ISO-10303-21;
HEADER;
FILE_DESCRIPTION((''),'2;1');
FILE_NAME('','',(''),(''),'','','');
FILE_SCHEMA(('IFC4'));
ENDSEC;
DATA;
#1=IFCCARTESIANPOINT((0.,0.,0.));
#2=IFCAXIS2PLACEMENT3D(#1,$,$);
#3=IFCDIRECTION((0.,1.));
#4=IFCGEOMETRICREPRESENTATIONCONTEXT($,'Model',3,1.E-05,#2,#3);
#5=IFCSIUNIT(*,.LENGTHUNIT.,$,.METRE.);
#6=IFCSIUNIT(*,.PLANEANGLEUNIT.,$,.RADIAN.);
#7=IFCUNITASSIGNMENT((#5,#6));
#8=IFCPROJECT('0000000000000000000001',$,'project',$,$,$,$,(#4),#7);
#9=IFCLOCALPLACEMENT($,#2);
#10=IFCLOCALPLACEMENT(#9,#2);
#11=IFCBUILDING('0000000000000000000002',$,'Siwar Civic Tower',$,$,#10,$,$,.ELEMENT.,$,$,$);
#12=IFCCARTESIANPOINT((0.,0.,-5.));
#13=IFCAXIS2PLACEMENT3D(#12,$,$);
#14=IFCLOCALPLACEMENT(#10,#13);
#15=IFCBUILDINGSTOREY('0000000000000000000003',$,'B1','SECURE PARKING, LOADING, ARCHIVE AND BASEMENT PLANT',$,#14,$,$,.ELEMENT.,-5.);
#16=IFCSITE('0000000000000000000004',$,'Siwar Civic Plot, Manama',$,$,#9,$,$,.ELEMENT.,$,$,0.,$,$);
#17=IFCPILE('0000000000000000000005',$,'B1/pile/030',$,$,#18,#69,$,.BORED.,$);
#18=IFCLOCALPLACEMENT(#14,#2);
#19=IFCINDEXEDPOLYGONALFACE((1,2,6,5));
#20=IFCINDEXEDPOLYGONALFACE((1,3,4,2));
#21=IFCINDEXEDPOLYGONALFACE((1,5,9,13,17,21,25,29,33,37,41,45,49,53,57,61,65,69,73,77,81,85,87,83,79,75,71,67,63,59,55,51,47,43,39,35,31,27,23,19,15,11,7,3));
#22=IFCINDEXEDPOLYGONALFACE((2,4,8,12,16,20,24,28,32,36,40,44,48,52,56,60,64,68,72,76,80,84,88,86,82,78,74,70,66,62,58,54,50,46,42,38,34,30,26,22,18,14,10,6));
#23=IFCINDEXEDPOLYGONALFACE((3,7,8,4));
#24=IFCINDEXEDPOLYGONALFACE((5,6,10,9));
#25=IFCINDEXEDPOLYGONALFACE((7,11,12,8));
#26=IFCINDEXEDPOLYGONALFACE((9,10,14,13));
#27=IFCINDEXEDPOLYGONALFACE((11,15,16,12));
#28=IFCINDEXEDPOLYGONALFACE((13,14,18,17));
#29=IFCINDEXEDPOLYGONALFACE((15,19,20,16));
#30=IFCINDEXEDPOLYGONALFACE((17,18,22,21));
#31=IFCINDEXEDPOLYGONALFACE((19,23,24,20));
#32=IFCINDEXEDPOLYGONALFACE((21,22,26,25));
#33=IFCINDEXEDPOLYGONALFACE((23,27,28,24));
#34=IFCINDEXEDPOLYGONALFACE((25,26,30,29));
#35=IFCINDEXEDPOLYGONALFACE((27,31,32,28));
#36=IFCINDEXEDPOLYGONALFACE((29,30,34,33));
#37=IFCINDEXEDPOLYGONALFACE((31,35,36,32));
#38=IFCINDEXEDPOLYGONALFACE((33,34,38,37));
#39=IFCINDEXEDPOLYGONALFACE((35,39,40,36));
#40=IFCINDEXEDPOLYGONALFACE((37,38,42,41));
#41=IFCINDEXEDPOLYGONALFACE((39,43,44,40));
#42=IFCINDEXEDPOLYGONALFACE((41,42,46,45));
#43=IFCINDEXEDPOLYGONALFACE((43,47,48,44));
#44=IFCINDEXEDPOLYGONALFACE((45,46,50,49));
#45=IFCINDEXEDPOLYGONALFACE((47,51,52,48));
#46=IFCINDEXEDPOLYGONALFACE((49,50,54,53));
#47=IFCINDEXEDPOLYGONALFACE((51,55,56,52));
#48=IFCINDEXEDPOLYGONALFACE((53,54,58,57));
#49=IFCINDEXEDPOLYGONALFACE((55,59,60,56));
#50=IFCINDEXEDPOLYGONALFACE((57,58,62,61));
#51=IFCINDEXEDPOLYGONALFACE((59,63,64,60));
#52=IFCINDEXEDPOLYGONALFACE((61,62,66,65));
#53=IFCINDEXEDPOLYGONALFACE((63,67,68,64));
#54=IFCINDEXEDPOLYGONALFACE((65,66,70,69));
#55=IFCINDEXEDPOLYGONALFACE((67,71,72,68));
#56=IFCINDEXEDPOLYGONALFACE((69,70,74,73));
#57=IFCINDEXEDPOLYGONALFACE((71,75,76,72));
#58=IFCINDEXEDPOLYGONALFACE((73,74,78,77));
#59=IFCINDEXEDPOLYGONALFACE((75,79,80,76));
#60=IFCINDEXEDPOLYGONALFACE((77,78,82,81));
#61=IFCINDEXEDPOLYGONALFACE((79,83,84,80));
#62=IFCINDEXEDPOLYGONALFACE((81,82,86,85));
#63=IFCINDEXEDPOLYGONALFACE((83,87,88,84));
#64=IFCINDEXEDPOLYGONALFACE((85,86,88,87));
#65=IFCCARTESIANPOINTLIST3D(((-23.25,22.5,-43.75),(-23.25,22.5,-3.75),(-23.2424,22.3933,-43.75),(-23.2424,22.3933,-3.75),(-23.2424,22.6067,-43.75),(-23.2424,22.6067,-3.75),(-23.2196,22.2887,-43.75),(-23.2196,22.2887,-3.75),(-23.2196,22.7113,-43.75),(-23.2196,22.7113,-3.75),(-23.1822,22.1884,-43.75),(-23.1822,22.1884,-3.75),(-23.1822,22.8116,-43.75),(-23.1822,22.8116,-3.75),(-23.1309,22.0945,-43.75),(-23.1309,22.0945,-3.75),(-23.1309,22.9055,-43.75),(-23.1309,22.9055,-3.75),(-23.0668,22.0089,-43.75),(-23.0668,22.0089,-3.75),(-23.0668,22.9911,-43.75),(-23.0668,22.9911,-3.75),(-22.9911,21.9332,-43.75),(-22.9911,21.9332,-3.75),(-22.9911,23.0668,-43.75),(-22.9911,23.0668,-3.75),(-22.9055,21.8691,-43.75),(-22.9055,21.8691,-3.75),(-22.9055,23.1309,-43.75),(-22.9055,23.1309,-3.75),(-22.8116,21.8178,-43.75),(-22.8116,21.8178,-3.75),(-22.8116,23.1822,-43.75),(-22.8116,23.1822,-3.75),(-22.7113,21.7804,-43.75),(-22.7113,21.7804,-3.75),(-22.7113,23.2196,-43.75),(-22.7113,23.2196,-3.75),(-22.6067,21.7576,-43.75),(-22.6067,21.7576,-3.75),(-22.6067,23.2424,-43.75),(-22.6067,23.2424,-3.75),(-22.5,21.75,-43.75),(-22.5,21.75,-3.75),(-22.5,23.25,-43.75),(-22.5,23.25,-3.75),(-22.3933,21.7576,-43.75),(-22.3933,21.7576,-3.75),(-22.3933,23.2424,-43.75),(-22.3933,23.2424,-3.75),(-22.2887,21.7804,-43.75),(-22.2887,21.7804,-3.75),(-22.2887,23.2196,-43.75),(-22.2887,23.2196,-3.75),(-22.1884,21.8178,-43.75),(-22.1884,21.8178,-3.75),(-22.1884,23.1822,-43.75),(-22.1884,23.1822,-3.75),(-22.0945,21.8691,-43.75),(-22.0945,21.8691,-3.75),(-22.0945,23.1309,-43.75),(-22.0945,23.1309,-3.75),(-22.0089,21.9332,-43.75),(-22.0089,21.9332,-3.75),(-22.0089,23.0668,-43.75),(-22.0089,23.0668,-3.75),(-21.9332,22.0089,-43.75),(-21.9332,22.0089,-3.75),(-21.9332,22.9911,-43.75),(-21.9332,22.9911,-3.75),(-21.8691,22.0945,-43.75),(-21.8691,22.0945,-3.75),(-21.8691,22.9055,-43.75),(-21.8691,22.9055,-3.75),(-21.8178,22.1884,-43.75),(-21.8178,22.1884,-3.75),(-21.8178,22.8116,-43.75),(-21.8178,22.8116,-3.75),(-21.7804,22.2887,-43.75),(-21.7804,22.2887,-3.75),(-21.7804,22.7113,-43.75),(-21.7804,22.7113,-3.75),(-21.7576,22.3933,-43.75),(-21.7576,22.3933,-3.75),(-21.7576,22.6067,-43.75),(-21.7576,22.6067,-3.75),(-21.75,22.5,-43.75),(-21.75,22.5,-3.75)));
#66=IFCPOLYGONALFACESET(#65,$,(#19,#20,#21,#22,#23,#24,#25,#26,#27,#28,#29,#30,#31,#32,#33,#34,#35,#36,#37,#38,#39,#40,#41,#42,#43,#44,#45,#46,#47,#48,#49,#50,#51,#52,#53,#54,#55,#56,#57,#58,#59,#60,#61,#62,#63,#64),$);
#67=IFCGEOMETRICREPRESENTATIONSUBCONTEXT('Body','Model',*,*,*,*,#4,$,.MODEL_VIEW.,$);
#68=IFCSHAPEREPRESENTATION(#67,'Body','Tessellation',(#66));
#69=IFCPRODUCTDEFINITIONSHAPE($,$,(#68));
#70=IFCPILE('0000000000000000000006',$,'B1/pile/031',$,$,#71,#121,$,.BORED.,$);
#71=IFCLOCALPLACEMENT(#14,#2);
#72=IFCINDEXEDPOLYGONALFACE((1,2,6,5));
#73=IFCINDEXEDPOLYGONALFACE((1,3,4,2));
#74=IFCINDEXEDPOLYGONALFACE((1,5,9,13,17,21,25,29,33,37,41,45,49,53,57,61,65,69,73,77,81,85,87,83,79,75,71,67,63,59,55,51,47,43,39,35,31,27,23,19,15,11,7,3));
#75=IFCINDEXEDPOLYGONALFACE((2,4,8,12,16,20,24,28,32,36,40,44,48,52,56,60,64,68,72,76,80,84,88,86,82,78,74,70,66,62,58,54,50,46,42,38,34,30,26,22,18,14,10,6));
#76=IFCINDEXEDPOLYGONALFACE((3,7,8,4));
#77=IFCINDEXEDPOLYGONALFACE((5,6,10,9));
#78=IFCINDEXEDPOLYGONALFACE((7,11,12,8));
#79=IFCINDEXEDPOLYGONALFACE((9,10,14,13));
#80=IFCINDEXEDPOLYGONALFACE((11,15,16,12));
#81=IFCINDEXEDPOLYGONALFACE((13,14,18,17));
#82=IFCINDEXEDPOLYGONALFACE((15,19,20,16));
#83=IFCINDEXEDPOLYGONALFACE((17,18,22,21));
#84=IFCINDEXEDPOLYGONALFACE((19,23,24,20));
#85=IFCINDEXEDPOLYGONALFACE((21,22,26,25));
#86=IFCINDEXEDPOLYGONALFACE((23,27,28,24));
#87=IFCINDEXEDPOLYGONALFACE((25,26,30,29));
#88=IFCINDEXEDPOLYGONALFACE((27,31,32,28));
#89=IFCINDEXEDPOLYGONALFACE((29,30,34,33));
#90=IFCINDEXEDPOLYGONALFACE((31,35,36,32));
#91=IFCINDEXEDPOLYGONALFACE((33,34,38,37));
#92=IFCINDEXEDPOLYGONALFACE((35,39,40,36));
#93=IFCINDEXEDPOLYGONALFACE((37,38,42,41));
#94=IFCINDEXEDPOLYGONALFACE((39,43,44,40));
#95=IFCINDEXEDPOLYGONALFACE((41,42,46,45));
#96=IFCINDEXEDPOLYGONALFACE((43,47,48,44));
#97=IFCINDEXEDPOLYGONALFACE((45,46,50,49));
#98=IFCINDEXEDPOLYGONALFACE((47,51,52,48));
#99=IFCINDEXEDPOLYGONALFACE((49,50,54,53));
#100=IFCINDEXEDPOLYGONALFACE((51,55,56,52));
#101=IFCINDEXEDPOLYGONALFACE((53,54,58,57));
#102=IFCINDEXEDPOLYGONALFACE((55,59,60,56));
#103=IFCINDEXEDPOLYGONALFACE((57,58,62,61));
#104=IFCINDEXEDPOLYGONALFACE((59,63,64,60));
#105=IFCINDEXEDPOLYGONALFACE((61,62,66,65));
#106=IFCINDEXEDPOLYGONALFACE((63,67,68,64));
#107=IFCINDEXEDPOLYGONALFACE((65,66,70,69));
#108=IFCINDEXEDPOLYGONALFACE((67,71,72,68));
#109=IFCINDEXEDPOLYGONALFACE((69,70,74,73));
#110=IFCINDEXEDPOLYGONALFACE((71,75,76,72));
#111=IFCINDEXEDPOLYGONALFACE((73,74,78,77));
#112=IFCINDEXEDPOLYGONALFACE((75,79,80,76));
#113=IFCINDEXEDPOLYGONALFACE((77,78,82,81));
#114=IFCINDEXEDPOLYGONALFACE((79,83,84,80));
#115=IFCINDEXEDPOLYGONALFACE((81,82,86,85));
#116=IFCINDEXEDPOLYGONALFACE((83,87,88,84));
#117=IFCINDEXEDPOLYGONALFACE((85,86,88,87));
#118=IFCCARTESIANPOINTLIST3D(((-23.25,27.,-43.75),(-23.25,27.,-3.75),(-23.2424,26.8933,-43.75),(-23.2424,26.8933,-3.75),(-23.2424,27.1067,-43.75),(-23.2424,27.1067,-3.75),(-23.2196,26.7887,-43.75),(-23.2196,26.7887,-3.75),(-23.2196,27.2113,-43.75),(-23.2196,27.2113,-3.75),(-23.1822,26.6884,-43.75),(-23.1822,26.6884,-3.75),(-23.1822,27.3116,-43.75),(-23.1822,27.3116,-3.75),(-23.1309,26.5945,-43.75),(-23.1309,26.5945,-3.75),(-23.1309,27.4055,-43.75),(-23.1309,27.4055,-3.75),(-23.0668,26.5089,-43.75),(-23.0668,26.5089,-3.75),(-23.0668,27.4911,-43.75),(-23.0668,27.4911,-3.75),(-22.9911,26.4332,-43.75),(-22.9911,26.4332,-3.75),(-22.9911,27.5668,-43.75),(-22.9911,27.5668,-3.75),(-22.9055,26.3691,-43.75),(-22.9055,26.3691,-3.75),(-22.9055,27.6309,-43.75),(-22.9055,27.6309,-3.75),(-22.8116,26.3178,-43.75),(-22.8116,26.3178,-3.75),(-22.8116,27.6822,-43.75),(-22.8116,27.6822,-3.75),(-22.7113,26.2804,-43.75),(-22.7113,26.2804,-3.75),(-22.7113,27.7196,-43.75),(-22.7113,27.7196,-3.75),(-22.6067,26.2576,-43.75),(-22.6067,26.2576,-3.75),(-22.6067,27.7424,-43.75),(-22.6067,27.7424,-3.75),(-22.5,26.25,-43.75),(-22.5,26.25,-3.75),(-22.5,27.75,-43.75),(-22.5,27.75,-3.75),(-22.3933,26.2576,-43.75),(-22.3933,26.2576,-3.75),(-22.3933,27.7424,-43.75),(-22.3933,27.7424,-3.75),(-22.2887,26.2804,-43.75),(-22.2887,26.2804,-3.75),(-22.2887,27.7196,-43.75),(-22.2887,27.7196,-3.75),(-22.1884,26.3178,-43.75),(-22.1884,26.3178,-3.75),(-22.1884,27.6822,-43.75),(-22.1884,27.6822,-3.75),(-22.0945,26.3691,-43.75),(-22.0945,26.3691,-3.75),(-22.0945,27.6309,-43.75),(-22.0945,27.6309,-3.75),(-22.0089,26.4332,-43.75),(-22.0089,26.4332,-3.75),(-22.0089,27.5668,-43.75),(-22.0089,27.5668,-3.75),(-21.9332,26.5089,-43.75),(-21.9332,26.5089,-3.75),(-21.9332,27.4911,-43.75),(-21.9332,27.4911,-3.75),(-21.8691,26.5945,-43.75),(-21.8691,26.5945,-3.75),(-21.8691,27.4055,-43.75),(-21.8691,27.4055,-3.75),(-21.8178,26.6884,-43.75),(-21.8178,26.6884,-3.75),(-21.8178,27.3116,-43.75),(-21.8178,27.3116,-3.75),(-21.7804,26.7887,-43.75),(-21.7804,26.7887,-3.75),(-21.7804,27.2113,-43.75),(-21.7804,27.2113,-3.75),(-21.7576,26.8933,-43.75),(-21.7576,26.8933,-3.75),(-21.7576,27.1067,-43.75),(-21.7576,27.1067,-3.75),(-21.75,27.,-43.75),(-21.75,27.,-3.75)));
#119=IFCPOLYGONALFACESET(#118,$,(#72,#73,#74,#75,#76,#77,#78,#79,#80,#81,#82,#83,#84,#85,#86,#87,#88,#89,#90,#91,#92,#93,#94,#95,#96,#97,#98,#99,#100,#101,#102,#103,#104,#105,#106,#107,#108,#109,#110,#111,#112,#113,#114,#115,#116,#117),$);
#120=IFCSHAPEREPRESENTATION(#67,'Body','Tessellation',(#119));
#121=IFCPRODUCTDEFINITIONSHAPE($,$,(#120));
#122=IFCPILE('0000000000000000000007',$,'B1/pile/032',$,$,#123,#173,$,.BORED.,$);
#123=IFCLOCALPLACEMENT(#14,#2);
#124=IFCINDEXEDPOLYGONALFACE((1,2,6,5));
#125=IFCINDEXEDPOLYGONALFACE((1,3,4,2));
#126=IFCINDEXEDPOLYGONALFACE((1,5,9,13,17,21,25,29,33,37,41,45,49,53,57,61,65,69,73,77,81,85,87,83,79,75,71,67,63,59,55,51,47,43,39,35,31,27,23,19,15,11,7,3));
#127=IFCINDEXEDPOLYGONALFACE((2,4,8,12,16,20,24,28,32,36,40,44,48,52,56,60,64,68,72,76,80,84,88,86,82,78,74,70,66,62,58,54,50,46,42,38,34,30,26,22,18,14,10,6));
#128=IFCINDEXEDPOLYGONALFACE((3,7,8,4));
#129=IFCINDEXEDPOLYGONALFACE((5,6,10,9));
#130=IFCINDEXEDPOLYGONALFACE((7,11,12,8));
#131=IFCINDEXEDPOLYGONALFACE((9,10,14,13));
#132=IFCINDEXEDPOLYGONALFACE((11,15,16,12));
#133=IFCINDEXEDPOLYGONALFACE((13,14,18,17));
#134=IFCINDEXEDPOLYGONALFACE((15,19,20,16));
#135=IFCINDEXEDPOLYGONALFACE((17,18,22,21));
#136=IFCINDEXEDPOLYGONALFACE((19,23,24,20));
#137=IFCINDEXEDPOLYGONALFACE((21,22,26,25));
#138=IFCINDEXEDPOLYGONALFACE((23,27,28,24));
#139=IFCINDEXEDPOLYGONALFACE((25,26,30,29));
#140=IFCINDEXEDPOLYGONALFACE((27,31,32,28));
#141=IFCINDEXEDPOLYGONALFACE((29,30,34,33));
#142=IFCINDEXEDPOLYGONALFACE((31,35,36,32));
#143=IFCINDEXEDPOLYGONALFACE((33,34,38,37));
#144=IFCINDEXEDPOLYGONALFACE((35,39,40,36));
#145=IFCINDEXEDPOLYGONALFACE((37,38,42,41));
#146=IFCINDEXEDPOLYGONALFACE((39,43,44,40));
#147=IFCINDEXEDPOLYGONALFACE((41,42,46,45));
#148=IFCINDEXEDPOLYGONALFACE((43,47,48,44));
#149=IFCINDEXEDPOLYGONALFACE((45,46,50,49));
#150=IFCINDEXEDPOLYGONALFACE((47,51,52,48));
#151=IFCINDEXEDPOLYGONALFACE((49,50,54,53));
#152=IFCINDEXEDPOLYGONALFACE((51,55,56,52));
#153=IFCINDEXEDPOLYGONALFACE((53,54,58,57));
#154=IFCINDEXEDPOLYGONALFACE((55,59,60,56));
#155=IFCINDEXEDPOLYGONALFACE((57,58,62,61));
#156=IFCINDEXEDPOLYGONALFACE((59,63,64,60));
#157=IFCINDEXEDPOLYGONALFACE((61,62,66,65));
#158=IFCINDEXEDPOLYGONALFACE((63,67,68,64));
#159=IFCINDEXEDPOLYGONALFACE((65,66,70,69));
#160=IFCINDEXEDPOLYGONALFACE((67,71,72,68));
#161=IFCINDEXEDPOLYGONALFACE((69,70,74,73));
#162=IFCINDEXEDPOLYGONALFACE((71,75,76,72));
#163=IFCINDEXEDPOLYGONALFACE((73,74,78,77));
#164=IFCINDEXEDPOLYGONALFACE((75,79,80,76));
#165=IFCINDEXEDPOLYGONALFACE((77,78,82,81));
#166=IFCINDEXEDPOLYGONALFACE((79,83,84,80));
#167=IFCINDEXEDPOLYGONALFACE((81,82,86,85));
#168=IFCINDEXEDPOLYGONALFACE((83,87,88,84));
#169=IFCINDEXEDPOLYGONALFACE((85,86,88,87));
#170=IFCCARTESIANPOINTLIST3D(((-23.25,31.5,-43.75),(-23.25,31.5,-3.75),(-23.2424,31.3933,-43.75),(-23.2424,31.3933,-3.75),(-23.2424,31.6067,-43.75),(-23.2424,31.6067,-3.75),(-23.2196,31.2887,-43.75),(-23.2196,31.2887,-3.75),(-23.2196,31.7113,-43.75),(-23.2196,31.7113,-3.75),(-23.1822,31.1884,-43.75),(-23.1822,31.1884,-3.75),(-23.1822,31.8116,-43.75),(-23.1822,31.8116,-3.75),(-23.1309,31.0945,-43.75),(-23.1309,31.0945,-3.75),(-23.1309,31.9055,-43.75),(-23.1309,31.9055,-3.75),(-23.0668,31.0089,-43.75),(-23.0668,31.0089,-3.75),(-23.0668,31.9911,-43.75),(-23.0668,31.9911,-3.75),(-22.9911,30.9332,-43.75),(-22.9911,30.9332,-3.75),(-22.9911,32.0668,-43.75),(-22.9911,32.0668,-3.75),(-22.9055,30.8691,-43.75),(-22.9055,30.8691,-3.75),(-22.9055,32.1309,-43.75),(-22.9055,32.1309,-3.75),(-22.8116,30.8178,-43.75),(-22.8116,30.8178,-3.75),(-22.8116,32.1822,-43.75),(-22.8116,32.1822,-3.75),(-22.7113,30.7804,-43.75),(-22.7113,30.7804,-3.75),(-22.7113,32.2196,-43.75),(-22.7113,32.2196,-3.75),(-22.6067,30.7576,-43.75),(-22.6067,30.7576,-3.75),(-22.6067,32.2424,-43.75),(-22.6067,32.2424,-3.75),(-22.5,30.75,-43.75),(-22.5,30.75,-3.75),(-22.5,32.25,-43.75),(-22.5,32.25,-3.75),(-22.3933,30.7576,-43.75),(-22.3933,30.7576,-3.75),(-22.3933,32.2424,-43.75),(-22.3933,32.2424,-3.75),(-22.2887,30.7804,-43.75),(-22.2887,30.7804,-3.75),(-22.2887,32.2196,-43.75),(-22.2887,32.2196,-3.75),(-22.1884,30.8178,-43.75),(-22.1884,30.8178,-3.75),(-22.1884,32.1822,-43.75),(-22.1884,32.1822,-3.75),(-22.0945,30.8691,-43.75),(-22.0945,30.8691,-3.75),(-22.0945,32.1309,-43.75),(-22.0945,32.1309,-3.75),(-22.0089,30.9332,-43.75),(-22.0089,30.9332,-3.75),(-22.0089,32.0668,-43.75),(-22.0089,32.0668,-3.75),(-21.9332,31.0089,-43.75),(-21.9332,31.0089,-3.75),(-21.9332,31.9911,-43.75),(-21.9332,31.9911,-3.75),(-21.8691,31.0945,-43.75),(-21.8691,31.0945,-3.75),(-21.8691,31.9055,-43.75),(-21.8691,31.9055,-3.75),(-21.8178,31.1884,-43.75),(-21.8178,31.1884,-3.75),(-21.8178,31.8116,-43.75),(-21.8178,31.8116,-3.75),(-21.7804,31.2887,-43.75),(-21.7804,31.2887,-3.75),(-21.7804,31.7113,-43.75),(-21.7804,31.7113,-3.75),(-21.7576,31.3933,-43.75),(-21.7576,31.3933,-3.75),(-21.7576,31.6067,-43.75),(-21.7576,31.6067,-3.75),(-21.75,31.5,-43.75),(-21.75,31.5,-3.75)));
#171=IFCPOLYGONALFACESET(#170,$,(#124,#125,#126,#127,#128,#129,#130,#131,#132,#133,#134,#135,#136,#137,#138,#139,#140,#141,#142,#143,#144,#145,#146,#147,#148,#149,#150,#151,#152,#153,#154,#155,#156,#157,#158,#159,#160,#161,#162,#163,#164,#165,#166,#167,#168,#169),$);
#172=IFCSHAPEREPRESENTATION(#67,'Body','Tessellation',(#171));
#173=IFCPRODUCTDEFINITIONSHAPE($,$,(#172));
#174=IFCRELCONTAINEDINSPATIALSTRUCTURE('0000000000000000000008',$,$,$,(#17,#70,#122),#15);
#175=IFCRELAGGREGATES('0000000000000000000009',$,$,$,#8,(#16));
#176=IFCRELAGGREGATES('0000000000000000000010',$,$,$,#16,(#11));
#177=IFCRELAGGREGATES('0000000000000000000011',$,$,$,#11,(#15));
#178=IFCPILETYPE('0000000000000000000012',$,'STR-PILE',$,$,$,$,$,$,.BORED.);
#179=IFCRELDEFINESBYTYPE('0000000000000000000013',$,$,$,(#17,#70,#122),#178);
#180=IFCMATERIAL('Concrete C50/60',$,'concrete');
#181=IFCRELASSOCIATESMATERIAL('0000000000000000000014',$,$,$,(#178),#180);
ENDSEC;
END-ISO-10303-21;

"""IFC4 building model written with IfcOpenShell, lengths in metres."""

from ifc_helpers import new_model, si_unit, direction, frame, origin, origin_2d, place, context, subcontext, project, spatial, circle, extrude, material, material_profile, profile_set, type_object, element, save


model = new_model("IFC4")

# Units and contexts
model_context = context("Model", 3, precision=1e-05, world=origin(), true_north=direction((0.0, 1.0)))
body_context = subcontext(model_context, "Body", "Model", "MODEL_VIEW")
ifc_project = project(units=[si_unit("LENGTHUNIT", "METRE"), si_unit("PLANEANGLEUNIT", "RADIAN")], contexts=[model_context])

# Site, building, storey
site_placement = place(None, origin())
site = spatial("IfcSite", under=ifc_project, at=site_placement, Name="Siwar Civic Plot, Manama", CompositionType="ELEMENT", RefElevation=0.0)
building_placement = place(site_placement, origin())
building = spatial("IfcBuilding", under=site, at=building_placement, Name="Siwar Civic Tower", CompositionType="ELEMENT")
storey_placement = place(building_placement, frame((0.0, 0.0, -5.0)))
storey = spatial("IfcBuildingStorey", under=building, at=storey_placement, Name="B1", Description="SECURE PARKING, LOADING, ARCHIVE AND BASEMENT PLANT", CompositionType="ELEMENT", Elevation=-5.0)

# Piles
ifc_material_1 = material(Name="Concrete C50/60", Category="concrete")
ifc_material_profile_1 = material_profile(ifc_material_1, circle(Radius=0.75, at=origin_2d()), Name="PILE1500")
ifc_profile_set_1 = profile_set([ifc_material_profile_1], Name="Concrete C50/60")
pile_type = type_object("IfcPileType", Name="STR-PILE", PredefinedType="BORED", material=ifc_profile_set_1)
for number, where, z_axis, x_axis, name in (
    (1, (-22.5, 22.5, -3.75), (0.0, 0.0, -1.0), (1.0, 0.0, 0.0), "B1/pile/030"),
    (2, (-22.5, 27.0, -3.75), (0.0, 0.0, -1.0), (1.0, 0.0, 0.0), "B1/pile/031"),
    (3, (-22.5, 31.5, -3.75), (0.0, 0.0, -1.0), (1.0, 0.0, 0.0), "B1/pile/032"),
):
    element("IfcPile", number, at=place(storey_placement, frame(where, z_axis=z_axis, x_axis=x_axis)), inside=storey, type_object=pile_type, Name=name, PredefinedType="BORED", context=body_context, shape_type="SweptSolid", body=[
        extrude(circle(Radius=0.75, at=origin_2d()), origin(), (0.0, 0.0, 1.0), 40.0),
    ])

save(model, "model.ifc")
